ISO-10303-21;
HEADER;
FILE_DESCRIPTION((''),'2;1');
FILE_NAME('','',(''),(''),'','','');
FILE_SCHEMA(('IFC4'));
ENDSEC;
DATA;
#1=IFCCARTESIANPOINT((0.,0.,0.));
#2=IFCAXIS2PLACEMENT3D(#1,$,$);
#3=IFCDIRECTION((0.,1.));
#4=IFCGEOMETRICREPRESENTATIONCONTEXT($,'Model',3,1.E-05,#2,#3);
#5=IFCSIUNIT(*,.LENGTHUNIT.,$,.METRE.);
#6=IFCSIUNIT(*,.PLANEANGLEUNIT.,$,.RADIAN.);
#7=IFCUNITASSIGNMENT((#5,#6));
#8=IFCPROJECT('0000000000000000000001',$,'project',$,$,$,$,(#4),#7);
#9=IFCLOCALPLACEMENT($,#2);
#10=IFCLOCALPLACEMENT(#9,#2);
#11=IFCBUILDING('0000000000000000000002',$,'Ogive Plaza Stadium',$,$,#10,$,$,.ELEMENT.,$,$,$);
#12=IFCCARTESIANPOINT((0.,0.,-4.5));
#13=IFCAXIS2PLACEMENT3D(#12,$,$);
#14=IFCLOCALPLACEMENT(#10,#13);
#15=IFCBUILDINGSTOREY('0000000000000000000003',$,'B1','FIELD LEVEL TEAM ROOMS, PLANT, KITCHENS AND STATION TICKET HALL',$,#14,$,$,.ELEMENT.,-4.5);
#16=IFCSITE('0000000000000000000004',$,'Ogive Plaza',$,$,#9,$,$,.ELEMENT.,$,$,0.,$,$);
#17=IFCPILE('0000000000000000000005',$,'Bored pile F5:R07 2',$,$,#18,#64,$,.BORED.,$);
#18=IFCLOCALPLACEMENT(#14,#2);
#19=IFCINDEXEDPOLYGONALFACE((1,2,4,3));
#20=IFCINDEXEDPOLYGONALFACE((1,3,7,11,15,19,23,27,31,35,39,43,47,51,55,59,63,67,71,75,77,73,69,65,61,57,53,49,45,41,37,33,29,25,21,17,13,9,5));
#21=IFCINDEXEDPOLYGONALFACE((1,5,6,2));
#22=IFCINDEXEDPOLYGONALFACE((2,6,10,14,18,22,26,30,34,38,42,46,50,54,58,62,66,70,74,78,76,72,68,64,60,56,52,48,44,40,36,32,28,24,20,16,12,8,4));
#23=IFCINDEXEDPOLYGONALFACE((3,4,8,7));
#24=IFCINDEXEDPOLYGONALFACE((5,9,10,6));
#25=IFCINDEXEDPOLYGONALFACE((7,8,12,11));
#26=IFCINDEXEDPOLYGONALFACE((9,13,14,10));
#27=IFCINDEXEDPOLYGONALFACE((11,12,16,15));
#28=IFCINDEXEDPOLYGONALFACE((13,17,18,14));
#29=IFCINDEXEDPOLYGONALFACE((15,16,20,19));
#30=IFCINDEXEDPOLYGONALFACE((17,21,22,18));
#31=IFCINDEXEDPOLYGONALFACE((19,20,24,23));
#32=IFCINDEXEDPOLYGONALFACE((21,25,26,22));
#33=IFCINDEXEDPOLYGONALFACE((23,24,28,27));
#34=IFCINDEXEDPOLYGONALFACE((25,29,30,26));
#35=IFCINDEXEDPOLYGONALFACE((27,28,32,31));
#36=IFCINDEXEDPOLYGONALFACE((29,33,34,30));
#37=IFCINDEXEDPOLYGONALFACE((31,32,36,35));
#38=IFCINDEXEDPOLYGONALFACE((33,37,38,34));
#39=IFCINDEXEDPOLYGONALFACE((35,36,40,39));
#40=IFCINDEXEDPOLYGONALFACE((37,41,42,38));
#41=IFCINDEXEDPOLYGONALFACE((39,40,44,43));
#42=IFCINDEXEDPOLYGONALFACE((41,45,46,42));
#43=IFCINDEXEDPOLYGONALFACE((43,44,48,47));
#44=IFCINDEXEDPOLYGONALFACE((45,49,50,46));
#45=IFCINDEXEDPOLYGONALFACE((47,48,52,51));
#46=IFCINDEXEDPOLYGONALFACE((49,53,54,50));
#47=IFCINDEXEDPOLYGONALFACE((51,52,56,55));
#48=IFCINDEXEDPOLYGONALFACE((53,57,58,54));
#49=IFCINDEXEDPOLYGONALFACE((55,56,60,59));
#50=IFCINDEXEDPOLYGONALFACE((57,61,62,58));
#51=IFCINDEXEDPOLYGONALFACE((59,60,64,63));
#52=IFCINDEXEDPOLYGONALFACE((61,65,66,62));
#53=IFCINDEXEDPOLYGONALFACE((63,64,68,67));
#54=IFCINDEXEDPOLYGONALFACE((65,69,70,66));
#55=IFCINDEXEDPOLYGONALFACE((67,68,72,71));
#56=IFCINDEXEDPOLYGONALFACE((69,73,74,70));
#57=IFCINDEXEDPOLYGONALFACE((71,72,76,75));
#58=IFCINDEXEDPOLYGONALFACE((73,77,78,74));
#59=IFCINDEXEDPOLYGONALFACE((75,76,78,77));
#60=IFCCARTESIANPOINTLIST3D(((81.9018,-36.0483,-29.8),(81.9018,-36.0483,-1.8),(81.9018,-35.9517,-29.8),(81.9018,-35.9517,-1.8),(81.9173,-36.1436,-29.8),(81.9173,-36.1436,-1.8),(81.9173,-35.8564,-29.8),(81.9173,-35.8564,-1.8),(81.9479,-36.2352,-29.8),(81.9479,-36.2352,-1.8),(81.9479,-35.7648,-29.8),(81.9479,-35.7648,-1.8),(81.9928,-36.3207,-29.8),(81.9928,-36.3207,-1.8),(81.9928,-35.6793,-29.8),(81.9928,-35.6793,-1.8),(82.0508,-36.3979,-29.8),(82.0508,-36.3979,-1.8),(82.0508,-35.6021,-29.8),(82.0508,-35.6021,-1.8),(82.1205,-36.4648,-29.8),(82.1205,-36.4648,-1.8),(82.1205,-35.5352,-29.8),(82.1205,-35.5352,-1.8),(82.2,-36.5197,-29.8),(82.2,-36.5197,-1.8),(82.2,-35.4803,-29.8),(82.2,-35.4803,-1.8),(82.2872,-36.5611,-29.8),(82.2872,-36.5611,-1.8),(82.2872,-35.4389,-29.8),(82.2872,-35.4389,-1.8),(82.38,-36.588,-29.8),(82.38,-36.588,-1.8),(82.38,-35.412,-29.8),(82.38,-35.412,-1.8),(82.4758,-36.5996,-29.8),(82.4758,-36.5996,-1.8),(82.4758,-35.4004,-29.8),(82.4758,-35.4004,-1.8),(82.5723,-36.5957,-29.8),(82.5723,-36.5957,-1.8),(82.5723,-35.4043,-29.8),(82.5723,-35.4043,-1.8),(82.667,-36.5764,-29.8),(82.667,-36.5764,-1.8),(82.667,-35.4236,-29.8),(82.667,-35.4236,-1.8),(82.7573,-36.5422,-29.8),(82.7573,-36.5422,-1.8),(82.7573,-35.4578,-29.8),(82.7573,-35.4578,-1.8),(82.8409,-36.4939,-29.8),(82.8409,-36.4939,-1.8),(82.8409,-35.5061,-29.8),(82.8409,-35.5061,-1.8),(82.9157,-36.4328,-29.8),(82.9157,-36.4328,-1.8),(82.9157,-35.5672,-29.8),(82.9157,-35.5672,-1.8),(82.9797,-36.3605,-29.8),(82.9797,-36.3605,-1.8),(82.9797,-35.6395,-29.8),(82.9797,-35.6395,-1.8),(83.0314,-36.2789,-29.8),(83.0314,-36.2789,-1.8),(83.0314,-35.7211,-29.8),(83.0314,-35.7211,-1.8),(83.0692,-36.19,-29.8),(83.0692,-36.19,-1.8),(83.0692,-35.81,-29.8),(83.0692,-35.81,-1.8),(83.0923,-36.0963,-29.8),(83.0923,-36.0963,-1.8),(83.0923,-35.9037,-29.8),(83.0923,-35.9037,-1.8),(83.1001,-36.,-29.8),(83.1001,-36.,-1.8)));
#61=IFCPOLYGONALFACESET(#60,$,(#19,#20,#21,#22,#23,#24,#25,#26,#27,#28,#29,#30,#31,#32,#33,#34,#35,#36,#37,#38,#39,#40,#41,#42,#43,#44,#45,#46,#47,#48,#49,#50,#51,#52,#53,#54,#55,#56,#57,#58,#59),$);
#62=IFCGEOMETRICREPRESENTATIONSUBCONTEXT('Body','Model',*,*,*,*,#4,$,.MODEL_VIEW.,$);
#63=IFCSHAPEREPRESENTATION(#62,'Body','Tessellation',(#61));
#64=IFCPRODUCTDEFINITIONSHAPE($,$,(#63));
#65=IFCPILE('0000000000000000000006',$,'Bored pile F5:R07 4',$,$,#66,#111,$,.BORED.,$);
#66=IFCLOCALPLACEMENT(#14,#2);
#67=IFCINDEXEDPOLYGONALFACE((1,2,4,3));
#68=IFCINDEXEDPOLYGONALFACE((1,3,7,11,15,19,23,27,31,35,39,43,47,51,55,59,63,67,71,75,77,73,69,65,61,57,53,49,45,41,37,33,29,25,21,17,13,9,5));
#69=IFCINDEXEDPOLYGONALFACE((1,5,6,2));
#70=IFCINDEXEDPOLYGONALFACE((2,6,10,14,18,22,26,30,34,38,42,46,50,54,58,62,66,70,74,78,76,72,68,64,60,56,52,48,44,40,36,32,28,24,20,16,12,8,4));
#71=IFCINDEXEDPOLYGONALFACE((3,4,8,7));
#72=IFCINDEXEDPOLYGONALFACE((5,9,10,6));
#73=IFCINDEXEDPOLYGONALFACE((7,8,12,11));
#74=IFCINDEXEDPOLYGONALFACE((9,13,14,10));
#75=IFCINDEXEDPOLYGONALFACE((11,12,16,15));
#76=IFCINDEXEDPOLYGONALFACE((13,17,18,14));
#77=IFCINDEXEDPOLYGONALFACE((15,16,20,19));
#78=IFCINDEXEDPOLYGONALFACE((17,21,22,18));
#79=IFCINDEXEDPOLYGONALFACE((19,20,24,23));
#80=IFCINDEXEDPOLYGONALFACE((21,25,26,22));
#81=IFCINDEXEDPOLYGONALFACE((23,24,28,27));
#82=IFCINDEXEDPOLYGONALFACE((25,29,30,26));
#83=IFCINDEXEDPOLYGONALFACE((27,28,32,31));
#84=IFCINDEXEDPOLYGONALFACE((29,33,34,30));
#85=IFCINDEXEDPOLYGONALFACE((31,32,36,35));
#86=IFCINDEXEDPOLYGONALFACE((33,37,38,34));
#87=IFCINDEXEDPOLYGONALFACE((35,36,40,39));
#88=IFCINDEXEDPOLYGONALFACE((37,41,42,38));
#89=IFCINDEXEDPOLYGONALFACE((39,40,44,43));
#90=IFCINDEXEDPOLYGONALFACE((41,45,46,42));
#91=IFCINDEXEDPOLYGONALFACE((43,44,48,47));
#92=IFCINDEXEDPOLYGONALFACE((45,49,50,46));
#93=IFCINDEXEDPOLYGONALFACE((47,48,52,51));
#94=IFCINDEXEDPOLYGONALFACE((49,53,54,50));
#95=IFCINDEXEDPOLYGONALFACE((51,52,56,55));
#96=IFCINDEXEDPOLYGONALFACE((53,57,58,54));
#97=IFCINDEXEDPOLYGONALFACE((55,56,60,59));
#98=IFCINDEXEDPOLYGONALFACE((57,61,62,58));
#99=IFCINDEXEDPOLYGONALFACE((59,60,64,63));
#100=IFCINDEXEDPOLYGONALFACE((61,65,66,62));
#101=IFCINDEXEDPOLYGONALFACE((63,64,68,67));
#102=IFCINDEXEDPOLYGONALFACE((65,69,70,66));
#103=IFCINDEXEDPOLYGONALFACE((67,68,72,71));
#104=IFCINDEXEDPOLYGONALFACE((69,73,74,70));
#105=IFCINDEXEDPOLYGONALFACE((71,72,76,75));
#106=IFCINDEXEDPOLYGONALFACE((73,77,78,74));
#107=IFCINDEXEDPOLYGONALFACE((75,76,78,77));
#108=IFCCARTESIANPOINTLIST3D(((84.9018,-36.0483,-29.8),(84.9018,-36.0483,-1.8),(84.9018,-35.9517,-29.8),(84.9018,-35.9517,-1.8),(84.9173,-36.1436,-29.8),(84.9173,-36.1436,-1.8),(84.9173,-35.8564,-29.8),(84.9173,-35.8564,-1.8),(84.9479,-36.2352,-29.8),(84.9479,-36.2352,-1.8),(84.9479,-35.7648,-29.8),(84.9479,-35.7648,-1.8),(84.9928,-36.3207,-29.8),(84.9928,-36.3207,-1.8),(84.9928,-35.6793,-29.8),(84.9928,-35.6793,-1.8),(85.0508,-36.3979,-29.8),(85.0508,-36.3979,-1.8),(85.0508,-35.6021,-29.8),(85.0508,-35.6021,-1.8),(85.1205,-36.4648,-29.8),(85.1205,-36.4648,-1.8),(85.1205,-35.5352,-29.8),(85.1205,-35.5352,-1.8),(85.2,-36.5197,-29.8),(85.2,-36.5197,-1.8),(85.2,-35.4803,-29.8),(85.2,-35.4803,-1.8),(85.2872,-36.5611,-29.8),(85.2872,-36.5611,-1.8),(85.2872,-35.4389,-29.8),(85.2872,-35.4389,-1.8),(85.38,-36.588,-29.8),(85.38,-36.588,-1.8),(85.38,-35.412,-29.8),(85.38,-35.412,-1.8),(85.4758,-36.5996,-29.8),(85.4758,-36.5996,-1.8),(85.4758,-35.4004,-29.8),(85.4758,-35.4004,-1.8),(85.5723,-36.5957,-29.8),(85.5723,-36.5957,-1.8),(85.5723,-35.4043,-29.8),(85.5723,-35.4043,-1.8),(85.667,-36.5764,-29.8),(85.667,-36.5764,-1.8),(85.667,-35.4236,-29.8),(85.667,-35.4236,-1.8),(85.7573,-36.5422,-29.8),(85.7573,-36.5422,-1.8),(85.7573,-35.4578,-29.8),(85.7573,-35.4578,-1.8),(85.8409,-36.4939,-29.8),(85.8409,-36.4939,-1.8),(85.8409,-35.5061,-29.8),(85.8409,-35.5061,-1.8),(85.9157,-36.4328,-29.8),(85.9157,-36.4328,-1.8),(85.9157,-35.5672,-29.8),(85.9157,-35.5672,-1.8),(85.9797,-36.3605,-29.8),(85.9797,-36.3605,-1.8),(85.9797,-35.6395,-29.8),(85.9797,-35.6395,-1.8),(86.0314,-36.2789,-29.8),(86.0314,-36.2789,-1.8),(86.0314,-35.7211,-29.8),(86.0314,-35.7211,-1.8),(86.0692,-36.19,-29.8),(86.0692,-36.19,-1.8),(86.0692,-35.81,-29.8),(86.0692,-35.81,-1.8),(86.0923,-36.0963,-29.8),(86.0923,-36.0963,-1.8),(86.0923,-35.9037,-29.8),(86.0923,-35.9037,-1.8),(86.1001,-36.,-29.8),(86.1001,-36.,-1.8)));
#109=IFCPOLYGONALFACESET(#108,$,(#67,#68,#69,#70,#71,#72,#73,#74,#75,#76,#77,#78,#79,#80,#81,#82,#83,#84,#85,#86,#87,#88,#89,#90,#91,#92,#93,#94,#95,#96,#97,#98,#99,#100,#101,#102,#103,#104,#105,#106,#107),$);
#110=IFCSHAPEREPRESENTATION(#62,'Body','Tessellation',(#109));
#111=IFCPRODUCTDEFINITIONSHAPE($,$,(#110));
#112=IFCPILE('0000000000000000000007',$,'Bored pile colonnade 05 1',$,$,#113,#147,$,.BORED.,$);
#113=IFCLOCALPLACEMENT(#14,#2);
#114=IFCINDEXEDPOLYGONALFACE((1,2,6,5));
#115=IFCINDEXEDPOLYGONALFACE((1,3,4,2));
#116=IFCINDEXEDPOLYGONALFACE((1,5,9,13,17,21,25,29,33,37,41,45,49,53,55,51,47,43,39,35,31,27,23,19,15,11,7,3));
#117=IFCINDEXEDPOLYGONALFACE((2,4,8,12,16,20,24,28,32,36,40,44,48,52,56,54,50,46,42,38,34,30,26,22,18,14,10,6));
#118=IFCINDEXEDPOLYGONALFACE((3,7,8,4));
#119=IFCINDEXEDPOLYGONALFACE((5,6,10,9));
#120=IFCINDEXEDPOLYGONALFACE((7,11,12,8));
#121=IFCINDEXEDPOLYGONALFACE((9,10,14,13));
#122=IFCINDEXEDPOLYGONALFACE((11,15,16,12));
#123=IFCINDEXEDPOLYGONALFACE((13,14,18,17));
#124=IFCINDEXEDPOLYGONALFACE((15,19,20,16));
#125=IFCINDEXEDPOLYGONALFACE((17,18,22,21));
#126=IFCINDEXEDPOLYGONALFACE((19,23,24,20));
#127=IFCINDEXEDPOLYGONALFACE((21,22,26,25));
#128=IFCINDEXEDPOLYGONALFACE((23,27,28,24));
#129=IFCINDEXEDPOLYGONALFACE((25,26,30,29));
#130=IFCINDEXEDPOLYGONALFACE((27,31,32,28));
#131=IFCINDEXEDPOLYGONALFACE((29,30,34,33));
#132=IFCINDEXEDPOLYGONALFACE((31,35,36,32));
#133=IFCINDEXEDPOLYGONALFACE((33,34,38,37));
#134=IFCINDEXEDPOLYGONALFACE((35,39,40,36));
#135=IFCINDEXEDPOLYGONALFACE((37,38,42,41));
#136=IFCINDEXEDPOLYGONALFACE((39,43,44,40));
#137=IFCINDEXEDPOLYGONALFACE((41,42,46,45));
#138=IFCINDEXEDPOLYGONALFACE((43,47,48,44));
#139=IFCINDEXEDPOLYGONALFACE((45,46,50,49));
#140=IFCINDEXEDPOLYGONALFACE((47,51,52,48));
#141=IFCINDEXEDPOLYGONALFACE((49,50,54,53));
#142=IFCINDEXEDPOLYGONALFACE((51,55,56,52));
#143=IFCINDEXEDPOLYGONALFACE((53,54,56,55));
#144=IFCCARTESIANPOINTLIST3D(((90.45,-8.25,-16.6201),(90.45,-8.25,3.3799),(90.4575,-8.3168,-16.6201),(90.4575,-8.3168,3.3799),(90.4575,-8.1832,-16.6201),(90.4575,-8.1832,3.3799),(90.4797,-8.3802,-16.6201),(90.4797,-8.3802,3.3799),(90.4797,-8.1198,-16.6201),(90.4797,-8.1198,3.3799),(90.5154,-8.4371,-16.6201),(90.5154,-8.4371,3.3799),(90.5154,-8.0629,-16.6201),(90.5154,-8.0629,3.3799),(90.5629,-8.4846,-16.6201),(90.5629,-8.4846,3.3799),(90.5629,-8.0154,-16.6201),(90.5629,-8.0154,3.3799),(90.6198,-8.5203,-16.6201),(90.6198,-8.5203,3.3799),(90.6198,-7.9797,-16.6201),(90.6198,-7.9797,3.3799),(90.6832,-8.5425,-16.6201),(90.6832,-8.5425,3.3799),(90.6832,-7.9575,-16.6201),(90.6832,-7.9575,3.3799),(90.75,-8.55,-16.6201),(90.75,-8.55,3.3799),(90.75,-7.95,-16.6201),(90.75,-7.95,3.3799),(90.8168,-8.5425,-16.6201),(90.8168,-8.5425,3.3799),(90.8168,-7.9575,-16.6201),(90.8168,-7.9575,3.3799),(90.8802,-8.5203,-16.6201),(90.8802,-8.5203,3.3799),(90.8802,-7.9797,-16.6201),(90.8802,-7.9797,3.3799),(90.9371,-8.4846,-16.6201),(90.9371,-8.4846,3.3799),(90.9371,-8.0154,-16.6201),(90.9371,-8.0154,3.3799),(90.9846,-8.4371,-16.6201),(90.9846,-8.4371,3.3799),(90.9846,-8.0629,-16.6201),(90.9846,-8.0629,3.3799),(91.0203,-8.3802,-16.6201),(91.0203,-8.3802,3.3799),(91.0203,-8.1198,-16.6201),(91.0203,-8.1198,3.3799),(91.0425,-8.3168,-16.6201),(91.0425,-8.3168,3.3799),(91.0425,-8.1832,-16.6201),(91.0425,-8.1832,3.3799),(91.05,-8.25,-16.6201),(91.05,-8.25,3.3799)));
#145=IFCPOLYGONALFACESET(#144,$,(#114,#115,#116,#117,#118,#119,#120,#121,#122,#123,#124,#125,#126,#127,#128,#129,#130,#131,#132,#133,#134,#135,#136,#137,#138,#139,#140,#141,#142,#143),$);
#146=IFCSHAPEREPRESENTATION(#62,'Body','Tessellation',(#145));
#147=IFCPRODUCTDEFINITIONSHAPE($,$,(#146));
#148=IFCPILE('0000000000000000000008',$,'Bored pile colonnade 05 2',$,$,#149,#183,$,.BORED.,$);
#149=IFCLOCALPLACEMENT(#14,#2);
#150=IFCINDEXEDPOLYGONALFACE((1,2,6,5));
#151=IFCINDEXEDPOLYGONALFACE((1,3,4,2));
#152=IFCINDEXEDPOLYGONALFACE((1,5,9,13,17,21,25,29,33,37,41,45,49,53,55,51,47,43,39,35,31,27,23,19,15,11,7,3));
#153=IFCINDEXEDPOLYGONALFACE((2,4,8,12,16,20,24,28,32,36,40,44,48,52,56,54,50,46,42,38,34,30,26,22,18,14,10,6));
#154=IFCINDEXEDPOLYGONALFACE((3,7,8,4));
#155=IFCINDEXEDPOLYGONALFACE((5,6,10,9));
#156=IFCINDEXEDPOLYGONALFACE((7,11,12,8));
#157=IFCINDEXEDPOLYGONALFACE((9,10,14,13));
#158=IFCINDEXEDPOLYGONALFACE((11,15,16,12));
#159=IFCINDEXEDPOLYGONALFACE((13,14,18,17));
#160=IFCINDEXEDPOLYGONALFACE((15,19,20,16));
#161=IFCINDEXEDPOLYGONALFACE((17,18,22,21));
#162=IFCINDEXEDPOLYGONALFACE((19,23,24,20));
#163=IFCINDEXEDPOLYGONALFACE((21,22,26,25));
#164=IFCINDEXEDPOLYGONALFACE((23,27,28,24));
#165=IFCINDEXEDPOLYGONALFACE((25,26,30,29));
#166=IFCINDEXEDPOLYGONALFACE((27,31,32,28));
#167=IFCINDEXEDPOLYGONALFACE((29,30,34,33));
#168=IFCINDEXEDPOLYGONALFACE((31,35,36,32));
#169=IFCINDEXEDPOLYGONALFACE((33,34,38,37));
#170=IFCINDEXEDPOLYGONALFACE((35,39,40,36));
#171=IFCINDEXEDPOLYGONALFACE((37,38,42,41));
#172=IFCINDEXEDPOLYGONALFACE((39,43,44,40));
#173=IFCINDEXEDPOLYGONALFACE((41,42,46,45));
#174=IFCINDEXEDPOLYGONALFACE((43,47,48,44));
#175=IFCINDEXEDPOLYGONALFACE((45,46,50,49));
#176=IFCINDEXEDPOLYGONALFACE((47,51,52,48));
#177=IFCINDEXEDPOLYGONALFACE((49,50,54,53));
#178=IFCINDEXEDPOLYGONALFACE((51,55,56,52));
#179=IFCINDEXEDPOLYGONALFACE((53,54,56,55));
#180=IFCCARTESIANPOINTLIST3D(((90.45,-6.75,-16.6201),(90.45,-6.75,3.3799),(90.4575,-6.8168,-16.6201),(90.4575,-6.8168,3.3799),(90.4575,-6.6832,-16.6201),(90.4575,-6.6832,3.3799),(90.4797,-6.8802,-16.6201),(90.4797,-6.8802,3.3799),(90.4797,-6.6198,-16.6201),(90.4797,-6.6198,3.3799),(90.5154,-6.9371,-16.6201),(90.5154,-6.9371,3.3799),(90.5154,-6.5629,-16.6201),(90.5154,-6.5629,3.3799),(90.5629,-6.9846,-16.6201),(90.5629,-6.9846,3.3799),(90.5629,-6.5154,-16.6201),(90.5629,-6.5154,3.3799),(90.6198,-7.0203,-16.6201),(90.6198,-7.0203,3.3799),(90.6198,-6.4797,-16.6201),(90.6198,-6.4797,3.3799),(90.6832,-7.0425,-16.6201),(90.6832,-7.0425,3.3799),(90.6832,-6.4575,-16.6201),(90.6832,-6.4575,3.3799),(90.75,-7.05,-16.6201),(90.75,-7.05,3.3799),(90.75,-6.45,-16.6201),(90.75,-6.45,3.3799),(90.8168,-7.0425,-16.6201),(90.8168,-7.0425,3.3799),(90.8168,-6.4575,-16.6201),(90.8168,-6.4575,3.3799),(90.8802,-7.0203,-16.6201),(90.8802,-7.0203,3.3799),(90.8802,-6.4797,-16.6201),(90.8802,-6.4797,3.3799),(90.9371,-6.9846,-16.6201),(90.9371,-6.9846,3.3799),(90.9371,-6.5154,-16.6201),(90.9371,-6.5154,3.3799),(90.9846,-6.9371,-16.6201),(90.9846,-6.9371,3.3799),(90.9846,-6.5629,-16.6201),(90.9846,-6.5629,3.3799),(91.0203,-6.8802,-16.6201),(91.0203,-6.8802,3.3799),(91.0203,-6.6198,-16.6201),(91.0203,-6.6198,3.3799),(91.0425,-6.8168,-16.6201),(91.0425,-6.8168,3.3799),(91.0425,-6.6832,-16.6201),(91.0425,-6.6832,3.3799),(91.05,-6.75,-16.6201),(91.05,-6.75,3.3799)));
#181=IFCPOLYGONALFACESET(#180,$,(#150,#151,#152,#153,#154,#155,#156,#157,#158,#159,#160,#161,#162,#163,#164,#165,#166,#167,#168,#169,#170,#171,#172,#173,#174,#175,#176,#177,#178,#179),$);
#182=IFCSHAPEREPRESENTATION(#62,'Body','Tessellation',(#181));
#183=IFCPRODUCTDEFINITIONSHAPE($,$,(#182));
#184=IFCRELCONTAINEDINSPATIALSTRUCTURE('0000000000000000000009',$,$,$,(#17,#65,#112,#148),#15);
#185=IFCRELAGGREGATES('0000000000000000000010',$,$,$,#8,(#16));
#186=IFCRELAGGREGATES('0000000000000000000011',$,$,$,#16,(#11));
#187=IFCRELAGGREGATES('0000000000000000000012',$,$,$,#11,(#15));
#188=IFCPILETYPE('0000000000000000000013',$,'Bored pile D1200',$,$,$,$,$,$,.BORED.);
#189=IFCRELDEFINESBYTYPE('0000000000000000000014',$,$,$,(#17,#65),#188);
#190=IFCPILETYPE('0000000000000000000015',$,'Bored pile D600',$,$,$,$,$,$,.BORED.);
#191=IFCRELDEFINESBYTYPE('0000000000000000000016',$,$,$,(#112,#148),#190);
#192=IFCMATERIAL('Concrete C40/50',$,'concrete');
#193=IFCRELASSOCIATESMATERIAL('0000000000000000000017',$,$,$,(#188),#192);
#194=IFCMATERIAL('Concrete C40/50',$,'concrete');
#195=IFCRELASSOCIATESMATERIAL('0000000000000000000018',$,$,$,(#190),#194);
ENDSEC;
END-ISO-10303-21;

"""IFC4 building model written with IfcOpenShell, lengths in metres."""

from ifc_helpers import new_model, si_unit, direction, frame, origin, origin_2d, place, context, subcontext, project, spatial, circle, extrude, material, material_profile, profile_set, type_object, element, save


model = new_model("IFC4")

# Units and contexts
model_context = context("Model", 3, precision=1e-05, world=origin(), true_north=direction((0.0, 1.0)))
body_context = subcontext(model_context, "Body", "Model", "MODEL_VIEW")
ifc_project = project(units=[si_unit("LENGTHUNIT", "METRE"), si_unit("PLANEANGLEUNIT", "RADIAN")], contexts=[model_context])

# Site, building, storey
site_placement = place(None, origin())
site = spatial("IfcSite", under=ifc_project, at=site_placement, Name="Ogive Plaza", CompositionType="ELEMENT", RefElevation=0.0)
building_placement = place(site_placement, origin())
building = spatial("IfcBuilding", under=site, at=building_placement, Name="Ogive Plaza Stadium", CompositionType="ELEMENT")
storey_placement = place(building_placement, frame((0.0, 0.0, -4.5)))
storey = spatial("IfcBuildingStorey", under=building, at=storey_placement, Name="B1", Description="FIELD LEVEL TEAM ROOMS, PLANT, KITCHENS AND STATION TICKET HALL", CompositionType="ELEMENT", Elevation=-4.5)

# Piles
ifc_material_1 = material(Name="Concrete C40/50", Category="concrete")
ifc_material_profile_1 = material_profile(ifc_material_1, circle(Radius=0.6001, at=origin_2d()), Name="RC D1200")
ifc_profile_set_1 = profile_set([ifc_material_profile_1], Name="Concrete C40/50")
pile_type_1 = type_object("IfcPileType", Name="Bored pile D1200", PredefinedType="BORED", material=ifc_profile_set_1)
for number, where, z_axis, x_axis, name in (
    (1, (82.5, -36.0, -1.8), (0.0, 0.0, -1.0), (1.0, 0.0, 0.0), "Bored pile F5:R07 2"),
    (2, (85.5, -36.0, -1.8), (0.0, 0.0, -1.0), (1.0, 0.0, 0.0), "Bored pile F5:R07 4"),
):
    element("IfcPile", number, at=place(storey_placement, frame(where, z_axis=z_axis, x_axis=x_axis)), inside=storey, type_object=pile_type_1, Name=name, PredefinedType="BORED", context=body_context, shape_type="SweptSolid", body=[
        extrude(circle(Radius=0.6001, at=origin_2d()), origin(), (0.0, 0.0, 1.0), 28.0),
    ])
ifc_material_2 = material(Name="Concrete C40/50", Category="concrete")
ifc_material_profile_2 = material_profile(ifc_material_2, circle(Radius=0.3, at=origin_2d()), Name="RC D600")
ifc_profile_set_2 = profile_set([ifc_material_profile_2], Name="Concrete C40/50")
pile_type_2 = type_object("IfcPileType", Name="Bored pile D600", PredefinedType="BORED", material=ifc_profile_set_2)
for number, where, z_axis, x_axis, name in (
    (3, (90.75, -8.25, 3.3799), (0.0, 0.0, -1.0), (1.0, 0.0, 0.0), "Bored pile colonnade 05 1"),
    (4, (90.75, -6.75, 3.3799), (0.0, 0.0, -1.0), (1.0, 0.0, 0.0), "Bored pile colonnade 05 2"),
):
    element("IfcPile", number, at=place(storey_placement, frame(where, z_axis=z_axis, x_axis=x_axis)), inside=storey, type_object=pile_type_2, Name=name, PredefinedType="BORED", context=body_context, shape_type="SweptSolid", body=[
        extrude(circle(Radius=0.3, at=origin_2d()), origin(), (0.0, 0.0, 1.0), 20.0),
    ])

save(model, "model.ifc")
